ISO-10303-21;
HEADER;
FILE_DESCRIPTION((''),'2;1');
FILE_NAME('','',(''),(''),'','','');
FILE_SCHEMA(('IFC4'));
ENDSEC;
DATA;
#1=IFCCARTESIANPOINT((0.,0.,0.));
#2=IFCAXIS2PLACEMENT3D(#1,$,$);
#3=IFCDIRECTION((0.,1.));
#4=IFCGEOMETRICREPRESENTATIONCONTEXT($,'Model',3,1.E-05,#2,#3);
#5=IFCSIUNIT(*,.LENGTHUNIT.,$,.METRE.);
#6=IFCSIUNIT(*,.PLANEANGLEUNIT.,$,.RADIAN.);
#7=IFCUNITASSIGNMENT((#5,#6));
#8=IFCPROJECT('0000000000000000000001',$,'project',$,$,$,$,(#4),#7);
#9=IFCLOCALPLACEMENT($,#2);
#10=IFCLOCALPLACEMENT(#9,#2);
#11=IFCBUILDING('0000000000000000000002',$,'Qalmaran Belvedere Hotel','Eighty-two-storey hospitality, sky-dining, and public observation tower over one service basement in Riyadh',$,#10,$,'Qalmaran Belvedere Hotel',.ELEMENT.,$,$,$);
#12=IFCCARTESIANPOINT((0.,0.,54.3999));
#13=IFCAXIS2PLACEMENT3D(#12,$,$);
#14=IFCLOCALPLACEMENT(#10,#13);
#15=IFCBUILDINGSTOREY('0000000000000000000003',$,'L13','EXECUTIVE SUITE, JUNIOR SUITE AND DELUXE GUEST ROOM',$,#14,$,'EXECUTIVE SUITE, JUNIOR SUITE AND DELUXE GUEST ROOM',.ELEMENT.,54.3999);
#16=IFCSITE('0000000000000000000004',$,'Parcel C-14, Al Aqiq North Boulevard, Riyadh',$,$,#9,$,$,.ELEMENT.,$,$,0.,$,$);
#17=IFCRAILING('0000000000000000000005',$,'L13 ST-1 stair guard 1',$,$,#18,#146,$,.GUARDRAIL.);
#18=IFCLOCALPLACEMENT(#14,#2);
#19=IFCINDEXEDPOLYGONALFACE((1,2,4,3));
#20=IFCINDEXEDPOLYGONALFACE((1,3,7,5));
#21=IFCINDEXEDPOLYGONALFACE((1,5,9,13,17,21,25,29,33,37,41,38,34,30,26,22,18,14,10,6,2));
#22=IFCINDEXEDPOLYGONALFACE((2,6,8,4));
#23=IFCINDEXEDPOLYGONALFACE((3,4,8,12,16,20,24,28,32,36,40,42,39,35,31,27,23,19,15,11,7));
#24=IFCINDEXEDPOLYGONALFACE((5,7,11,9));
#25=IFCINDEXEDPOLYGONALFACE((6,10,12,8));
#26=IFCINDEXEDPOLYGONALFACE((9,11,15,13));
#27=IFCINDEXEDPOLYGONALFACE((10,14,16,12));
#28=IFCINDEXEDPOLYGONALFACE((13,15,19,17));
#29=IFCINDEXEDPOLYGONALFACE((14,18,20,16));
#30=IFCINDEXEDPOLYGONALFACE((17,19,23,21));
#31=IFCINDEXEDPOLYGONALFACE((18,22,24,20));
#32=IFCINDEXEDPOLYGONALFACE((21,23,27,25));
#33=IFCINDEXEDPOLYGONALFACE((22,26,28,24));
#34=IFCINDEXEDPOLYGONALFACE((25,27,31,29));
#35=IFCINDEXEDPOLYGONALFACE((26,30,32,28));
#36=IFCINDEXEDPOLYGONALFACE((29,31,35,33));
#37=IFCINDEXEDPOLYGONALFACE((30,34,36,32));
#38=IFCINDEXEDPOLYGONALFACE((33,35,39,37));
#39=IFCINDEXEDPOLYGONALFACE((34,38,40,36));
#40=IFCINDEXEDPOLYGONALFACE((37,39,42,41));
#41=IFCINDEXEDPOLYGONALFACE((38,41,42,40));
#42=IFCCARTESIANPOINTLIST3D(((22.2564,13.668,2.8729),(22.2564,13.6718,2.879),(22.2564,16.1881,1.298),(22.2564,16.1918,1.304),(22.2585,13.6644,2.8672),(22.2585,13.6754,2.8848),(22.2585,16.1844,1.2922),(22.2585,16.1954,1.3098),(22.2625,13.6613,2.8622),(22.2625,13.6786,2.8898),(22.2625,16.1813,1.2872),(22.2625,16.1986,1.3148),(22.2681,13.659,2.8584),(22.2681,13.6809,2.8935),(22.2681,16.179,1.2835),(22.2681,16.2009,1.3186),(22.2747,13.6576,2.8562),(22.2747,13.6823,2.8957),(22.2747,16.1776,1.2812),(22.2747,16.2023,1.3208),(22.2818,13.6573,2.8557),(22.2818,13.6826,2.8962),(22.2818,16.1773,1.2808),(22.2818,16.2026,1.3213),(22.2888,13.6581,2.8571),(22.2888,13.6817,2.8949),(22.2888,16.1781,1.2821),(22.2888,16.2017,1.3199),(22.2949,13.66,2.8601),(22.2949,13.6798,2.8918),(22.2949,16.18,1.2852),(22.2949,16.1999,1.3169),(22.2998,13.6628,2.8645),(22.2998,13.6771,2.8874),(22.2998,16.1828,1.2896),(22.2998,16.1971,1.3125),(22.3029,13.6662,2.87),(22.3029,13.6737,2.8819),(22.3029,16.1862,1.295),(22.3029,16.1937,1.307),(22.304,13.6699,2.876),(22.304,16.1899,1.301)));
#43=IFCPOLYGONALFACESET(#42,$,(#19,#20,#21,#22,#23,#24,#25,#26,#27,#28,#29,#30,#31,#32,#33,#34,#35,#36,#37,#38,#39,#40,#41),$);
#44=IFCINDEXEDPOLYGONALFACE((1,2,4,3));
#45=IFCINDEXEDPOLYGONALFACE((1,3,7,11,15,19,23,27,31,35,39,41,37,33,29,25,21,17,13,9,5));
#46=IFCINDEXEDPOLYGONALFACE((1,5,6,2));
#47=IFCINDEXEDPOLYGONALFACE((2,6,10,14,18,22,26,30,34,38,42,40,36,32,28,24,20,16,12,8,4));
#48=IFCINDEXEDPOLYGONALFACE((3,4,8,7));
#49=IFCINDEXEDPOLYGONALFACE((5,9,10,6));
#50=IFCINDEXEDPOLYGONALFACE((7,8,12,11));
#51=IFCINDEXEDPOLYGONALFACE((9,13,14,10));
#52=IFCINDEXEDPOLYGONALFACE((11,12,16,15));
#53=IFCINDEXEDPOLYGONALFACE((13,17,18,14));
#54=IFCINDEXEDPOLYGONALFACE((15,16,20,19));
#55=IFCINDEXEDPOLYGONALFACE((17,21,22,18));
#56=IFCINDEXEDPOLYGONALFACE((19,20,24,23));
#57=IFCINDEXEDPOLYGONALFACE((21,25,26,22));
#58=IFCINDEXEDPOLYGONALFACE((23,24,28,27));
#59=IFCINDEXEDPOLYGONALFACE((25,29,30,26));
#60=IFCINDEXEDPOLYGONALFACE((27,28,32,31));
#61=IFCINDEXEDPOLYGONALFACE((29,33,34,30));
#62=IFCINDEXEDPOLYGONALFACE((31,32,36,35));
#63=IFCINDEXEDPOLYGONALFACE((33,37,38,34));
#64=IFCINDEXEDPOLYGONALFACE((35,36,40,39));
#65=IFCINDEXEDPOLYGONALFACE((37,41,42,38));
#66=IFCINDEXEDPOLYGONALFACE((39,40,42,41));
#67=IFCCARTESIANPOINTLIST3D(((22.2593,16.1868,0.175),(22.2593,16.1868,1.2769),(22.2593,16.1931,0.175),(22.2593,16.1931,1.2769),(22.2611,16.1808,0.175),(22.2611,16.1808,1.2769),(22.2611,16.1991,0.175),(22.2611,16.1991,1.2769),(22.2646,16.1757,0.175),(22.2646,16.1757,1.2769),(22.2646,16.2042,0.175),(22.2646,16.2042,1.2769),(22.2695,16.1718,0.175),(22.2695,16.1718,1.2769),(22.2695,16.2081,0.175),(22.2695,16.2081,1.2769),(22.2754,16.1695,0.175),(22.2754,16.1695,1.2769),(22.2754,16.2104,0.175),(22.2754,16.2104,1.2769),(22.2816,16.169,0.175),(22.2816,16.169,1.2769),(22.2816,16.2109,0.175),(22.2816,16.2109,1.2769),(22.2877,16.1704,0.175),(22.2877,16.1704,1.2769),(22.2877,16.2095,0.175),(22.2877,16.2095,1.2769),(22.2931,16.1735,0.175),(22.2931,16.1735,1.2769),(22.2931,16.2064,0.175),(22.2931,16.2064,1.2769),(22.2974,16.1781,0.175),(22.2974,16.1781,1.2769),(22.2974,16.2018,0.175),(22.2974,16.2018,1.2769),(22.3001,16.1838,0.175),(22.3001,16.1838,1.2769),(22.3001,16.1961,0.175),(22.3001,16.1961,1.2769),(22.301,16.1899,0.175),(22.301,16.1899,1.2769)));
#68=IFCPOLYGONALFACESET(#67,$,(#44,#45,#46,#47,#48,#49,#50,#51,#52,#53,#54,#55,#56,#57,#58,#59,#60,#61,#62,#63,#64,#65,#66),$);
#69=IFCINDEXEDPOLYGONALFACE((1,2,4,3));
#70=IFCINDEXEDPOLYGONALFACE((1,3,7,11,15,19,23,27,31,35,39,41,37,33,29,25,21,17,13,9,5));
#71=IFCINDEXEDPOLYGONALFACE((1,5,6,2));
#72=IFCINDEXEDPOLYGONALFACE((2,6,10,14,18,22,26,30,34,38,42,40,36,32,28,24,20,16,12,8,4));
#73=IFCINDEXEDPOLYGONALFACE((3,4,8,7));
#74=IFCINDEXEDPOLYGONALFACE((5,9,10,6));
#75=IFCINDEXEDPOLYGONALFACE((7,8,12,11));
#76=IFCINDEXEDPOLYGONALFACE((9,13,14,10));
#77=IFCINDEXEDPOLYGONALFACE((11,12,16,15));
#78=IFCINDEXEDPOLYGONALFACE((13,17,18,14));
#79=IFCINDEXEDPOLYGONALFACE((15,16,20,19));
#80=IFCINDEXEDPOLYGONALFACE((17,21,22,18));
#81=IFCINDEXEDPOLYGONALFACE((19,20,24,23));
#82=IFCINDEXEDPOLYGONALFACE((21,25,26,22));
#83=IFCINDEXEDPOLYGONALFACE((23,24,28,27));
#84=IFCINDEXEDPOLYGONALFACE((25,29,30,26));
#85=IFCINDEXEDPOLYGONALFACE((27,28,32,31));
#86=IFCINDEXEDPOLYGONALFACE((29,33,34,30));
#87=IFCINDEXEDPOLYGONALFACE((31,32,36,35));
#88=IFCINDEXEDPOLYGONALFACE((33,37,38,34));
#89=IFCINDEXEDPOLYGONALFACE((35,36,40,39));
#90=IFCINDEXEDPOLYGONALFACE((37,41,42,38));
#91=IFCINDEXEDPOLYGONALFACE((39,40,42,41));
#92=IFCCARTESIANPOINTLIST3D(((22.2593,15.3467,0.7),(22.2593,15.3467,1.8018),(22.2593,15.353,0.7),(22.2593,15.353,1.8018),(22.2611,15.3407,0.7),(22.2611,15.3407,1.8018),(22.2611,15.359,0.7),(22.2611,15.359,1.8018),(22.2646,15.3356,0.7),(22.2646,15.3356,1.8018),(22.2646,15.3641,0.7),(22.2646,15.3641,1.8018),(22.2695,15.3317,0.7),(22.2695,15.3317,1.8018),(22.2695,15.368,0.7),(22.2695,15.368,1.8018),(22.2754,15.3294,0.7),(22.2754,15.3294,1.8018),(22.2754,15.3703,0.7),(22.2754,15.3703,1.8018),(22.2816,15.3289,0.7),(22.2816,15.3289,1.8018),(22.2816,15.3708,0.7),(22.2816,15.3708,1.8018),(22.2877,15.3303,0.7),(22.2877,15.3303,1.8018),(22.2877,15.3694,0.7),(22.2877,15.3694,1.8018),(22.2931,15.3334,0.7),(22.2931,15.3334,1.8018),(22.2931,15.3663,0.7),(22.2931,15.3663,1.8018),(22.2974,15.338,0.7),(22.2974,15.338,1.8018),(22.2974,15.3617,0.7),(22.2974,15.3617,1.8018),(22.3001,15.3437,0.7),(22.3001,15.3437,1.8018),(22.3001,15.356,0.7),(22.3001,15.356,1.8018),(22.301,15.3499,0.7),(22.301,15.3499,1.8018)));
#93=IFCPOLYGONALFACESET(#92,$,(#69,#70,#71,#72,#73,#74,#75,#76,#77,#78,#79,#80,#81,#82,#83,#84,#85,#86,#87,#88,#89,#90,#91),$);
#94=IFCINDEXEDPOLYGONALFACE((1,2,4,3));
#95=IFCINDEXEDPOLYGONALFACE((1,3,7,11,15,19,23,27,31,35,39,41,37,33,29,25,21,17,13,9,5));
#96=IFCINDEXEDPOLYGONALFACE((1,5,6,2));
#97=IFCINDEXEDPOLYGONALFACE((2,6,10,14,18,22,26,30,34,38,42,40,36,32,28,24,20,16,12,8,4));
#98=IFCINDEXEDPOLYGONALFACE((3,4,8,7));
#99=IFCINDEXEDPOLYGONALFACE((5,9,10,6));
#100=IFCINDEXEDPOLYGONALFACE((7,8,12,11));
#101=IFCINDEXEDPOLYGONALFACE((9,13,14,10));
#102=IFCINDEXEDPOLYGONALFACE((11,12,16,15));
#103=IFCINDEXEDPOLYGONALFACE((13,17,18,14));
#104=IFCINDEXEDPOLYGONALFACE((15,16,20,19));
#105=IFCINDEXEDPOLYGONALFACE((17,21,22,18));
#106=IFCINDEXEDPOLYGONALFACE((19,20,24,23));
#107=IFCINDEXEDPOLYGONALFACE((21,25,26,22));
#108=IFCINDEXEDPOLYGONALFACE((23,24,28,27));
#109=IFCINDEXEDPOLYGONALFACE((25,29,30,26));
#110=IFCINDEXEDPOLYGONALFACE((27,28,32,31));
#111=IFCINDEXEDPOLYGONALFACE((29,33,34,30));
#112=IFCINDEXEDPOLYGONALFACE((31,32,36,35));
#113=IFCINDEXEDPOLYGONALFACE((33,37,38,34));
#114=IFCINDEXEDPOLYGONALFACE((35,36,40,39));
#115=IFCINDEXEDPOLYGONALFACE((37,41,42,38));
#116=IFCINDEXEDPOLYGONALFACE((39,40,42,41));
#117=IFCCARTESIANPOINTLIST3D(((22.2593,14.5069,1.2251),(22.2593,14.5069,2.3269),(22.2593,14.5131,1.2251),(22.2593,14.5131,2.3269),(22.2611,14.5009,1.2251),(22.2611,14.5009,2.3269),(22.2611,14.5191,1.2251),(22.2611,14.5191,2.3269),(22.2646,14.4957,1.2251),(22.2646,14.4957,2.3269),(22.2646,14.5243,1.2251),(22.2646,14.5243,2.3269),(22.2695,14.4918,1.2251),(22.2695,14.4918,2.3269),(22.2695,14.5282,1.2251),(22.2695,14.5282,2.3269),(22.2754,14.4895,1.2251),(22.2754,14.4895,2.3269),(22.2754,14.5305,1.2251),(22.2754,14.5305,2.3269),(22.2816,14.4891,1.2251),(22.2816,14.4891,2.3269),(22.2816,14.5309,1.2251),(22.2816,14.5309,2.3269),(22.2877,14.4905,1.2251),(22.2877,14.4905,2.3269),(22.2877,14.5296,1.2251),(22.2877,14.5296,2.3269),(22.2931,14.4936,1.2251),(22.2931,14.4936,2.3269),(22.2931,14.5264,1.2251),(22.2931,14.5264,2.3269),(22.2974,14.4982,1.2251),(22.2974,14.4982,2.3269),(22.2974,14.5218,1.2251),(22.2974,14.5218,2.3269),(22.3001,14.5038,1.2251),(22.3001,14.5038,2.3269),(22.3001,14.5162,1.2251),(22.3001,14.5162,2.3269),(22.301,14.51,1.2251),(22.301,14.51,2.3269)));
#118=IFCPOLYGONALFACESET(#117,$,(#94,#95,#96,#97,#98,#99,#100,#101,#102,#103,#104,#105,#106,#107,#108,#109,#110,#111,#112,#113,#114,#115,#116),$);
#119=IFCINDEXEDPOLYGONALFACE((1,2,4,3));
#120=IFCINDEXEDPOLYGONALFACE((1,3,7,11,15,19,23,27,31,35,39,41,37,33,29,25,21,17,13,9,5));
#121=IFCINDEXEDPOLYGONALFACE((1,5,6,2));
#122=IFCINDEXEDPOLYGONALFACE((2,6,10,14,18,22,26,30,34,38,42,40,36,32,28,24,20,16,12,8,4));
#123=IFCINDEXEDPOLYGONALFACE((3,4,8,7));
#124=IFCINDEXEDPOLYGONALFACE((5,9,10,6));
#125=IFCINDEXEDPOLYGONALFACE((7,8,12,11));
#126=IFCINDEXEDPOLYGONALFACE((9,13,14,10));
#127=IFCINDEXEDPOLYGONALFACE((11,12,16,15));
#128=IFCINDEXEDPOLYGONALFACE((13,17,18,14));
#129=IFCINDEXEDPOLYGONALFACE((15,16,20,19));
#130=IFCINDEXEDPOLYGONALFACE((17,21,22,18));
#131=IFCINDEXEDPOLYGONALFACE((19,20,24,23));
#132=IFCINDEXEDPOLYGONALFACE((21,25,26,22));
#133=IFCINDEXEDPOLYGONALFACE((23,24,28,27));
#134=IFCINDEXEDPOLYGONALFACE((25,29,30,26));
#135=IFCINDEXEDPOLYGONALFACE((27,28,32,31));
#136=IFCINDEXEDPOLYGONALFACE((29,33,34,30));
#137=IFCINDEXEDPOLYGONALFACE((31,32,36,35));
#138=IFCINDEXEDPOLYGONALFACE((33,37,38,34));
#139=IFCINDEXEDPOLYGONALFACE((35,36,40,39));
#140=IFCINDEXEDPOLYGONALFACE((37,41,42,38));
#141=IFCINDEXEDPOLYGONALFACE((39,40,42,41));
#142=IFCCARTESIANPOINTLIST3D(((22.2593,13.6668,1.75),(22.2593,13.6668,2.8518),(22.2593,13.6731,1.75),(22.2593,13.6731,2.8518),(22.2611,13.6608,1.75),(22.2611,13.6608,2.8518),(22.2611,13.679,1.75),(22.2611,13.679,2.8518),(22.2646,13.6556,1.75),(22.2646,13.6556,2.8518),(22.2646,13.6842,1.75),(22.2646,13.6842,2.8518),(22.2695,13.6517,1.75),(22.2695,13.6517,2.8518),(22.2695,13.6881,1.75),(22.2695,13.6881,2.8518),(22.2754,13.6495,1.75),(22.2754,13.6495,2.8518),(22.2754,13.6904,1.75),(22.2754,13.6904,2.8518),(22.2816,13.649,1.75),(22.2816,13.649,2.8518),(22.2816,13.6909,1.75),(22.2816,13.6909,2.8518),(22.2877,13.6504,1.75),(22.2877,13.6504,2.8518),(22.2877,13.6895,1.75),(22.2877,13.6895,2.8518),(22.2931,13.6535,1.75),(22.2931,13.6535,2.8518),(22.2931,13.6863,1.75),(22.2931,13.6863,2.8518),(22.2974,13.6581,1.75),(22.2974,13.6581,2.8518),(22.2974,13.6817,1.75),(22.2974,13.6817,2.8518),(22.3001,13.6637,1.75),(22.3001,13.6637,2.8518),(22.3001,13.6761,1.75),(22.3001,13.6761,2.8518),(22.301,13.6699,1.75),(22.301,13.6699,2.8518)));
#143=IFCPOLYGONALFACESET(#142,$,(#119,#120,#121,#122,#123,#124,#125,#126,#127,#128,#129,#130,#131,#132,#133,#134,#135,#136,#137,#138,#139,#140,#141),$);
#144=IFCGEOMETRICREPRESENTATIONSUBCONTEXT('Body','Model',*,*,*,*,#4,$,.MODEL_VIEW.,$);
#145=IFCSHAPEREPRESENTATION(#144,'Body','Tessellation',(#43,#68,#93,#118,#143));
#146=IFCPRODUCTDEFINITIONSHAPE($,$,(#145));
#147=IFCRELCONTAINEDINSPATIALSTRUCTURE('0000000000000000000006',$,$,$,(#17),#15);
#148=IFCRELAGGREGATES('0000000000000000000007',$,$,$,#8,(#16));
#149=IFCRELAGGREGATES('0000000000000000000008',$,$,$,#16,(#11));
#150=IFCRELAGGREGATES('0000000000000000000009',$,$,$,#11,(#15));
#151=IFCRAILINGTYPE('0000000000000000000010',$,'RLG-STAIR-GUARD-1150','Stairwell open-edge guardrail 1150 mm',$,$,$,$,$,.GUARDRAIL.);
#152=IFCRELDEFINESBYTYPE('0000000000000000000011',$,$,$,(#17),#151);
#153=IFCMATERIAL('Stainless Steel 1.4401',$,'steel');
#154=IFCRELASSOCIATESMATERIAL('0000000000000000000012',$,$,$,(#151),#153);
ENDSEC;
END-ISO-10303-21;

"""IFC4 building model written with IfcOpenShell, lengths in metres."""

from ifc_helpers import new_model, si_unit, direction, frame, origin, origin_2d, place, context, subcontext, project, spatial, circle, extrude, material, type_object, element, save


model = new_model("IFC4")

# Units and contexts
model_context = context("Model", 3, precision=1e-05, world=origin(), true_north=direction((0.0, 1.0)))
body_context = subcontext(model_context, "Body", "Model", "MODEL_VIEW")
ifc_project = project(units=[si_unit("LENGTHUNIT", "METRE"), si_unit("PLANEANGLEUNIT", "RADIAN")], contexts=[model_context])

# Site, building, storey
site_placement = place(None, origin())
site = spatial("IfcSite", under=ifc_project, at=site_placement, Name="Parcel C-14, Al Aqiq North Boulevard, Riyadh", CompositionType="ELEMENT", RefElevation=0.0)
building_placement = place(site_placement, origin())
building = spatial("IfcBuilding", under=site, at=building_placement, Name="Qalmaran Belvedere Hotel", Description="Eighty-two-storey hospitality, sky-dining, and public observation tower over one service basement in Riyadh", LongName="Qalmaran Belvedere Hotel", CompositionType="ELEMENT")
storey_placement = place(building_placement, frame((0.0, 0.0, 54.3999)))
storey = spatial("IfcBuildingStorey", under=building, at=storey_placement, Name="L13", Description="EXECUTIVE SUITE, JUNIOR SUITE AND DELUXE GUEST ROOM", LongName="EXECUTIVE SUITE, JUNIOR SUITE AND DELUXE GUEST ROOM", CompositionType="ELEMENT", Elevation=54.3999)

# Shared definitions
ifc_material_1 = material(Name="Stainless Steel 1.4401", Category="steel")

# Railing
railing_type_1 = type_object("IfcRailingType", Name="RLG-STAIR-GUARD-1150", Description="Stairwell open-edge guardrail 1150 mm", PredefinedType="GUARDRAIL", material=ifc_material_1)
railing_1_placement = place(storey_placement, frame((22.28, 16.1899, 0.175)))
element("IfcRailing", 1, at=railing_1_placement, inside=storey, type_object=railing_type_1, Name="L13 ST-1 stair guard 1", PredefinedType="GUARDRAIL", context=body_context, shape_type="SweptSolid", body=[
    extrude(circle(Radius=0.0239, at=origin_2d()), frame((0.0, 0.0, 1.126), z_axis=(0.0, -0.848008, 0.529984), x_axis=(1.0, 0.0, 0.0)), (0.0, 0.0, 1.0), 2.9717),
    extrude(circle(Radius=0.021, at=origin_2d()), origin(), (0.0, 0.0, 1.0), 1.1018),
    extrude(circle(Radius=0.021, at=origin_2d()), frame((0.0, -0.8401, 0.5249)), (0.0, 0.0, 1.0), 1.1018),
    extrude(circle(Radius=0.021, at=origin_2d()), frame((0.0, -1.6799, 1.05)), (0.0, 0.0, 1.0), 1.1018),
    extrude(circle(Radius=0.021, at=origin_2d()), frame((0.0, -2.52, 1.575)), (0.0, 0.0, 1.0), 1.1018),
])

save(model, "model.ifc")
